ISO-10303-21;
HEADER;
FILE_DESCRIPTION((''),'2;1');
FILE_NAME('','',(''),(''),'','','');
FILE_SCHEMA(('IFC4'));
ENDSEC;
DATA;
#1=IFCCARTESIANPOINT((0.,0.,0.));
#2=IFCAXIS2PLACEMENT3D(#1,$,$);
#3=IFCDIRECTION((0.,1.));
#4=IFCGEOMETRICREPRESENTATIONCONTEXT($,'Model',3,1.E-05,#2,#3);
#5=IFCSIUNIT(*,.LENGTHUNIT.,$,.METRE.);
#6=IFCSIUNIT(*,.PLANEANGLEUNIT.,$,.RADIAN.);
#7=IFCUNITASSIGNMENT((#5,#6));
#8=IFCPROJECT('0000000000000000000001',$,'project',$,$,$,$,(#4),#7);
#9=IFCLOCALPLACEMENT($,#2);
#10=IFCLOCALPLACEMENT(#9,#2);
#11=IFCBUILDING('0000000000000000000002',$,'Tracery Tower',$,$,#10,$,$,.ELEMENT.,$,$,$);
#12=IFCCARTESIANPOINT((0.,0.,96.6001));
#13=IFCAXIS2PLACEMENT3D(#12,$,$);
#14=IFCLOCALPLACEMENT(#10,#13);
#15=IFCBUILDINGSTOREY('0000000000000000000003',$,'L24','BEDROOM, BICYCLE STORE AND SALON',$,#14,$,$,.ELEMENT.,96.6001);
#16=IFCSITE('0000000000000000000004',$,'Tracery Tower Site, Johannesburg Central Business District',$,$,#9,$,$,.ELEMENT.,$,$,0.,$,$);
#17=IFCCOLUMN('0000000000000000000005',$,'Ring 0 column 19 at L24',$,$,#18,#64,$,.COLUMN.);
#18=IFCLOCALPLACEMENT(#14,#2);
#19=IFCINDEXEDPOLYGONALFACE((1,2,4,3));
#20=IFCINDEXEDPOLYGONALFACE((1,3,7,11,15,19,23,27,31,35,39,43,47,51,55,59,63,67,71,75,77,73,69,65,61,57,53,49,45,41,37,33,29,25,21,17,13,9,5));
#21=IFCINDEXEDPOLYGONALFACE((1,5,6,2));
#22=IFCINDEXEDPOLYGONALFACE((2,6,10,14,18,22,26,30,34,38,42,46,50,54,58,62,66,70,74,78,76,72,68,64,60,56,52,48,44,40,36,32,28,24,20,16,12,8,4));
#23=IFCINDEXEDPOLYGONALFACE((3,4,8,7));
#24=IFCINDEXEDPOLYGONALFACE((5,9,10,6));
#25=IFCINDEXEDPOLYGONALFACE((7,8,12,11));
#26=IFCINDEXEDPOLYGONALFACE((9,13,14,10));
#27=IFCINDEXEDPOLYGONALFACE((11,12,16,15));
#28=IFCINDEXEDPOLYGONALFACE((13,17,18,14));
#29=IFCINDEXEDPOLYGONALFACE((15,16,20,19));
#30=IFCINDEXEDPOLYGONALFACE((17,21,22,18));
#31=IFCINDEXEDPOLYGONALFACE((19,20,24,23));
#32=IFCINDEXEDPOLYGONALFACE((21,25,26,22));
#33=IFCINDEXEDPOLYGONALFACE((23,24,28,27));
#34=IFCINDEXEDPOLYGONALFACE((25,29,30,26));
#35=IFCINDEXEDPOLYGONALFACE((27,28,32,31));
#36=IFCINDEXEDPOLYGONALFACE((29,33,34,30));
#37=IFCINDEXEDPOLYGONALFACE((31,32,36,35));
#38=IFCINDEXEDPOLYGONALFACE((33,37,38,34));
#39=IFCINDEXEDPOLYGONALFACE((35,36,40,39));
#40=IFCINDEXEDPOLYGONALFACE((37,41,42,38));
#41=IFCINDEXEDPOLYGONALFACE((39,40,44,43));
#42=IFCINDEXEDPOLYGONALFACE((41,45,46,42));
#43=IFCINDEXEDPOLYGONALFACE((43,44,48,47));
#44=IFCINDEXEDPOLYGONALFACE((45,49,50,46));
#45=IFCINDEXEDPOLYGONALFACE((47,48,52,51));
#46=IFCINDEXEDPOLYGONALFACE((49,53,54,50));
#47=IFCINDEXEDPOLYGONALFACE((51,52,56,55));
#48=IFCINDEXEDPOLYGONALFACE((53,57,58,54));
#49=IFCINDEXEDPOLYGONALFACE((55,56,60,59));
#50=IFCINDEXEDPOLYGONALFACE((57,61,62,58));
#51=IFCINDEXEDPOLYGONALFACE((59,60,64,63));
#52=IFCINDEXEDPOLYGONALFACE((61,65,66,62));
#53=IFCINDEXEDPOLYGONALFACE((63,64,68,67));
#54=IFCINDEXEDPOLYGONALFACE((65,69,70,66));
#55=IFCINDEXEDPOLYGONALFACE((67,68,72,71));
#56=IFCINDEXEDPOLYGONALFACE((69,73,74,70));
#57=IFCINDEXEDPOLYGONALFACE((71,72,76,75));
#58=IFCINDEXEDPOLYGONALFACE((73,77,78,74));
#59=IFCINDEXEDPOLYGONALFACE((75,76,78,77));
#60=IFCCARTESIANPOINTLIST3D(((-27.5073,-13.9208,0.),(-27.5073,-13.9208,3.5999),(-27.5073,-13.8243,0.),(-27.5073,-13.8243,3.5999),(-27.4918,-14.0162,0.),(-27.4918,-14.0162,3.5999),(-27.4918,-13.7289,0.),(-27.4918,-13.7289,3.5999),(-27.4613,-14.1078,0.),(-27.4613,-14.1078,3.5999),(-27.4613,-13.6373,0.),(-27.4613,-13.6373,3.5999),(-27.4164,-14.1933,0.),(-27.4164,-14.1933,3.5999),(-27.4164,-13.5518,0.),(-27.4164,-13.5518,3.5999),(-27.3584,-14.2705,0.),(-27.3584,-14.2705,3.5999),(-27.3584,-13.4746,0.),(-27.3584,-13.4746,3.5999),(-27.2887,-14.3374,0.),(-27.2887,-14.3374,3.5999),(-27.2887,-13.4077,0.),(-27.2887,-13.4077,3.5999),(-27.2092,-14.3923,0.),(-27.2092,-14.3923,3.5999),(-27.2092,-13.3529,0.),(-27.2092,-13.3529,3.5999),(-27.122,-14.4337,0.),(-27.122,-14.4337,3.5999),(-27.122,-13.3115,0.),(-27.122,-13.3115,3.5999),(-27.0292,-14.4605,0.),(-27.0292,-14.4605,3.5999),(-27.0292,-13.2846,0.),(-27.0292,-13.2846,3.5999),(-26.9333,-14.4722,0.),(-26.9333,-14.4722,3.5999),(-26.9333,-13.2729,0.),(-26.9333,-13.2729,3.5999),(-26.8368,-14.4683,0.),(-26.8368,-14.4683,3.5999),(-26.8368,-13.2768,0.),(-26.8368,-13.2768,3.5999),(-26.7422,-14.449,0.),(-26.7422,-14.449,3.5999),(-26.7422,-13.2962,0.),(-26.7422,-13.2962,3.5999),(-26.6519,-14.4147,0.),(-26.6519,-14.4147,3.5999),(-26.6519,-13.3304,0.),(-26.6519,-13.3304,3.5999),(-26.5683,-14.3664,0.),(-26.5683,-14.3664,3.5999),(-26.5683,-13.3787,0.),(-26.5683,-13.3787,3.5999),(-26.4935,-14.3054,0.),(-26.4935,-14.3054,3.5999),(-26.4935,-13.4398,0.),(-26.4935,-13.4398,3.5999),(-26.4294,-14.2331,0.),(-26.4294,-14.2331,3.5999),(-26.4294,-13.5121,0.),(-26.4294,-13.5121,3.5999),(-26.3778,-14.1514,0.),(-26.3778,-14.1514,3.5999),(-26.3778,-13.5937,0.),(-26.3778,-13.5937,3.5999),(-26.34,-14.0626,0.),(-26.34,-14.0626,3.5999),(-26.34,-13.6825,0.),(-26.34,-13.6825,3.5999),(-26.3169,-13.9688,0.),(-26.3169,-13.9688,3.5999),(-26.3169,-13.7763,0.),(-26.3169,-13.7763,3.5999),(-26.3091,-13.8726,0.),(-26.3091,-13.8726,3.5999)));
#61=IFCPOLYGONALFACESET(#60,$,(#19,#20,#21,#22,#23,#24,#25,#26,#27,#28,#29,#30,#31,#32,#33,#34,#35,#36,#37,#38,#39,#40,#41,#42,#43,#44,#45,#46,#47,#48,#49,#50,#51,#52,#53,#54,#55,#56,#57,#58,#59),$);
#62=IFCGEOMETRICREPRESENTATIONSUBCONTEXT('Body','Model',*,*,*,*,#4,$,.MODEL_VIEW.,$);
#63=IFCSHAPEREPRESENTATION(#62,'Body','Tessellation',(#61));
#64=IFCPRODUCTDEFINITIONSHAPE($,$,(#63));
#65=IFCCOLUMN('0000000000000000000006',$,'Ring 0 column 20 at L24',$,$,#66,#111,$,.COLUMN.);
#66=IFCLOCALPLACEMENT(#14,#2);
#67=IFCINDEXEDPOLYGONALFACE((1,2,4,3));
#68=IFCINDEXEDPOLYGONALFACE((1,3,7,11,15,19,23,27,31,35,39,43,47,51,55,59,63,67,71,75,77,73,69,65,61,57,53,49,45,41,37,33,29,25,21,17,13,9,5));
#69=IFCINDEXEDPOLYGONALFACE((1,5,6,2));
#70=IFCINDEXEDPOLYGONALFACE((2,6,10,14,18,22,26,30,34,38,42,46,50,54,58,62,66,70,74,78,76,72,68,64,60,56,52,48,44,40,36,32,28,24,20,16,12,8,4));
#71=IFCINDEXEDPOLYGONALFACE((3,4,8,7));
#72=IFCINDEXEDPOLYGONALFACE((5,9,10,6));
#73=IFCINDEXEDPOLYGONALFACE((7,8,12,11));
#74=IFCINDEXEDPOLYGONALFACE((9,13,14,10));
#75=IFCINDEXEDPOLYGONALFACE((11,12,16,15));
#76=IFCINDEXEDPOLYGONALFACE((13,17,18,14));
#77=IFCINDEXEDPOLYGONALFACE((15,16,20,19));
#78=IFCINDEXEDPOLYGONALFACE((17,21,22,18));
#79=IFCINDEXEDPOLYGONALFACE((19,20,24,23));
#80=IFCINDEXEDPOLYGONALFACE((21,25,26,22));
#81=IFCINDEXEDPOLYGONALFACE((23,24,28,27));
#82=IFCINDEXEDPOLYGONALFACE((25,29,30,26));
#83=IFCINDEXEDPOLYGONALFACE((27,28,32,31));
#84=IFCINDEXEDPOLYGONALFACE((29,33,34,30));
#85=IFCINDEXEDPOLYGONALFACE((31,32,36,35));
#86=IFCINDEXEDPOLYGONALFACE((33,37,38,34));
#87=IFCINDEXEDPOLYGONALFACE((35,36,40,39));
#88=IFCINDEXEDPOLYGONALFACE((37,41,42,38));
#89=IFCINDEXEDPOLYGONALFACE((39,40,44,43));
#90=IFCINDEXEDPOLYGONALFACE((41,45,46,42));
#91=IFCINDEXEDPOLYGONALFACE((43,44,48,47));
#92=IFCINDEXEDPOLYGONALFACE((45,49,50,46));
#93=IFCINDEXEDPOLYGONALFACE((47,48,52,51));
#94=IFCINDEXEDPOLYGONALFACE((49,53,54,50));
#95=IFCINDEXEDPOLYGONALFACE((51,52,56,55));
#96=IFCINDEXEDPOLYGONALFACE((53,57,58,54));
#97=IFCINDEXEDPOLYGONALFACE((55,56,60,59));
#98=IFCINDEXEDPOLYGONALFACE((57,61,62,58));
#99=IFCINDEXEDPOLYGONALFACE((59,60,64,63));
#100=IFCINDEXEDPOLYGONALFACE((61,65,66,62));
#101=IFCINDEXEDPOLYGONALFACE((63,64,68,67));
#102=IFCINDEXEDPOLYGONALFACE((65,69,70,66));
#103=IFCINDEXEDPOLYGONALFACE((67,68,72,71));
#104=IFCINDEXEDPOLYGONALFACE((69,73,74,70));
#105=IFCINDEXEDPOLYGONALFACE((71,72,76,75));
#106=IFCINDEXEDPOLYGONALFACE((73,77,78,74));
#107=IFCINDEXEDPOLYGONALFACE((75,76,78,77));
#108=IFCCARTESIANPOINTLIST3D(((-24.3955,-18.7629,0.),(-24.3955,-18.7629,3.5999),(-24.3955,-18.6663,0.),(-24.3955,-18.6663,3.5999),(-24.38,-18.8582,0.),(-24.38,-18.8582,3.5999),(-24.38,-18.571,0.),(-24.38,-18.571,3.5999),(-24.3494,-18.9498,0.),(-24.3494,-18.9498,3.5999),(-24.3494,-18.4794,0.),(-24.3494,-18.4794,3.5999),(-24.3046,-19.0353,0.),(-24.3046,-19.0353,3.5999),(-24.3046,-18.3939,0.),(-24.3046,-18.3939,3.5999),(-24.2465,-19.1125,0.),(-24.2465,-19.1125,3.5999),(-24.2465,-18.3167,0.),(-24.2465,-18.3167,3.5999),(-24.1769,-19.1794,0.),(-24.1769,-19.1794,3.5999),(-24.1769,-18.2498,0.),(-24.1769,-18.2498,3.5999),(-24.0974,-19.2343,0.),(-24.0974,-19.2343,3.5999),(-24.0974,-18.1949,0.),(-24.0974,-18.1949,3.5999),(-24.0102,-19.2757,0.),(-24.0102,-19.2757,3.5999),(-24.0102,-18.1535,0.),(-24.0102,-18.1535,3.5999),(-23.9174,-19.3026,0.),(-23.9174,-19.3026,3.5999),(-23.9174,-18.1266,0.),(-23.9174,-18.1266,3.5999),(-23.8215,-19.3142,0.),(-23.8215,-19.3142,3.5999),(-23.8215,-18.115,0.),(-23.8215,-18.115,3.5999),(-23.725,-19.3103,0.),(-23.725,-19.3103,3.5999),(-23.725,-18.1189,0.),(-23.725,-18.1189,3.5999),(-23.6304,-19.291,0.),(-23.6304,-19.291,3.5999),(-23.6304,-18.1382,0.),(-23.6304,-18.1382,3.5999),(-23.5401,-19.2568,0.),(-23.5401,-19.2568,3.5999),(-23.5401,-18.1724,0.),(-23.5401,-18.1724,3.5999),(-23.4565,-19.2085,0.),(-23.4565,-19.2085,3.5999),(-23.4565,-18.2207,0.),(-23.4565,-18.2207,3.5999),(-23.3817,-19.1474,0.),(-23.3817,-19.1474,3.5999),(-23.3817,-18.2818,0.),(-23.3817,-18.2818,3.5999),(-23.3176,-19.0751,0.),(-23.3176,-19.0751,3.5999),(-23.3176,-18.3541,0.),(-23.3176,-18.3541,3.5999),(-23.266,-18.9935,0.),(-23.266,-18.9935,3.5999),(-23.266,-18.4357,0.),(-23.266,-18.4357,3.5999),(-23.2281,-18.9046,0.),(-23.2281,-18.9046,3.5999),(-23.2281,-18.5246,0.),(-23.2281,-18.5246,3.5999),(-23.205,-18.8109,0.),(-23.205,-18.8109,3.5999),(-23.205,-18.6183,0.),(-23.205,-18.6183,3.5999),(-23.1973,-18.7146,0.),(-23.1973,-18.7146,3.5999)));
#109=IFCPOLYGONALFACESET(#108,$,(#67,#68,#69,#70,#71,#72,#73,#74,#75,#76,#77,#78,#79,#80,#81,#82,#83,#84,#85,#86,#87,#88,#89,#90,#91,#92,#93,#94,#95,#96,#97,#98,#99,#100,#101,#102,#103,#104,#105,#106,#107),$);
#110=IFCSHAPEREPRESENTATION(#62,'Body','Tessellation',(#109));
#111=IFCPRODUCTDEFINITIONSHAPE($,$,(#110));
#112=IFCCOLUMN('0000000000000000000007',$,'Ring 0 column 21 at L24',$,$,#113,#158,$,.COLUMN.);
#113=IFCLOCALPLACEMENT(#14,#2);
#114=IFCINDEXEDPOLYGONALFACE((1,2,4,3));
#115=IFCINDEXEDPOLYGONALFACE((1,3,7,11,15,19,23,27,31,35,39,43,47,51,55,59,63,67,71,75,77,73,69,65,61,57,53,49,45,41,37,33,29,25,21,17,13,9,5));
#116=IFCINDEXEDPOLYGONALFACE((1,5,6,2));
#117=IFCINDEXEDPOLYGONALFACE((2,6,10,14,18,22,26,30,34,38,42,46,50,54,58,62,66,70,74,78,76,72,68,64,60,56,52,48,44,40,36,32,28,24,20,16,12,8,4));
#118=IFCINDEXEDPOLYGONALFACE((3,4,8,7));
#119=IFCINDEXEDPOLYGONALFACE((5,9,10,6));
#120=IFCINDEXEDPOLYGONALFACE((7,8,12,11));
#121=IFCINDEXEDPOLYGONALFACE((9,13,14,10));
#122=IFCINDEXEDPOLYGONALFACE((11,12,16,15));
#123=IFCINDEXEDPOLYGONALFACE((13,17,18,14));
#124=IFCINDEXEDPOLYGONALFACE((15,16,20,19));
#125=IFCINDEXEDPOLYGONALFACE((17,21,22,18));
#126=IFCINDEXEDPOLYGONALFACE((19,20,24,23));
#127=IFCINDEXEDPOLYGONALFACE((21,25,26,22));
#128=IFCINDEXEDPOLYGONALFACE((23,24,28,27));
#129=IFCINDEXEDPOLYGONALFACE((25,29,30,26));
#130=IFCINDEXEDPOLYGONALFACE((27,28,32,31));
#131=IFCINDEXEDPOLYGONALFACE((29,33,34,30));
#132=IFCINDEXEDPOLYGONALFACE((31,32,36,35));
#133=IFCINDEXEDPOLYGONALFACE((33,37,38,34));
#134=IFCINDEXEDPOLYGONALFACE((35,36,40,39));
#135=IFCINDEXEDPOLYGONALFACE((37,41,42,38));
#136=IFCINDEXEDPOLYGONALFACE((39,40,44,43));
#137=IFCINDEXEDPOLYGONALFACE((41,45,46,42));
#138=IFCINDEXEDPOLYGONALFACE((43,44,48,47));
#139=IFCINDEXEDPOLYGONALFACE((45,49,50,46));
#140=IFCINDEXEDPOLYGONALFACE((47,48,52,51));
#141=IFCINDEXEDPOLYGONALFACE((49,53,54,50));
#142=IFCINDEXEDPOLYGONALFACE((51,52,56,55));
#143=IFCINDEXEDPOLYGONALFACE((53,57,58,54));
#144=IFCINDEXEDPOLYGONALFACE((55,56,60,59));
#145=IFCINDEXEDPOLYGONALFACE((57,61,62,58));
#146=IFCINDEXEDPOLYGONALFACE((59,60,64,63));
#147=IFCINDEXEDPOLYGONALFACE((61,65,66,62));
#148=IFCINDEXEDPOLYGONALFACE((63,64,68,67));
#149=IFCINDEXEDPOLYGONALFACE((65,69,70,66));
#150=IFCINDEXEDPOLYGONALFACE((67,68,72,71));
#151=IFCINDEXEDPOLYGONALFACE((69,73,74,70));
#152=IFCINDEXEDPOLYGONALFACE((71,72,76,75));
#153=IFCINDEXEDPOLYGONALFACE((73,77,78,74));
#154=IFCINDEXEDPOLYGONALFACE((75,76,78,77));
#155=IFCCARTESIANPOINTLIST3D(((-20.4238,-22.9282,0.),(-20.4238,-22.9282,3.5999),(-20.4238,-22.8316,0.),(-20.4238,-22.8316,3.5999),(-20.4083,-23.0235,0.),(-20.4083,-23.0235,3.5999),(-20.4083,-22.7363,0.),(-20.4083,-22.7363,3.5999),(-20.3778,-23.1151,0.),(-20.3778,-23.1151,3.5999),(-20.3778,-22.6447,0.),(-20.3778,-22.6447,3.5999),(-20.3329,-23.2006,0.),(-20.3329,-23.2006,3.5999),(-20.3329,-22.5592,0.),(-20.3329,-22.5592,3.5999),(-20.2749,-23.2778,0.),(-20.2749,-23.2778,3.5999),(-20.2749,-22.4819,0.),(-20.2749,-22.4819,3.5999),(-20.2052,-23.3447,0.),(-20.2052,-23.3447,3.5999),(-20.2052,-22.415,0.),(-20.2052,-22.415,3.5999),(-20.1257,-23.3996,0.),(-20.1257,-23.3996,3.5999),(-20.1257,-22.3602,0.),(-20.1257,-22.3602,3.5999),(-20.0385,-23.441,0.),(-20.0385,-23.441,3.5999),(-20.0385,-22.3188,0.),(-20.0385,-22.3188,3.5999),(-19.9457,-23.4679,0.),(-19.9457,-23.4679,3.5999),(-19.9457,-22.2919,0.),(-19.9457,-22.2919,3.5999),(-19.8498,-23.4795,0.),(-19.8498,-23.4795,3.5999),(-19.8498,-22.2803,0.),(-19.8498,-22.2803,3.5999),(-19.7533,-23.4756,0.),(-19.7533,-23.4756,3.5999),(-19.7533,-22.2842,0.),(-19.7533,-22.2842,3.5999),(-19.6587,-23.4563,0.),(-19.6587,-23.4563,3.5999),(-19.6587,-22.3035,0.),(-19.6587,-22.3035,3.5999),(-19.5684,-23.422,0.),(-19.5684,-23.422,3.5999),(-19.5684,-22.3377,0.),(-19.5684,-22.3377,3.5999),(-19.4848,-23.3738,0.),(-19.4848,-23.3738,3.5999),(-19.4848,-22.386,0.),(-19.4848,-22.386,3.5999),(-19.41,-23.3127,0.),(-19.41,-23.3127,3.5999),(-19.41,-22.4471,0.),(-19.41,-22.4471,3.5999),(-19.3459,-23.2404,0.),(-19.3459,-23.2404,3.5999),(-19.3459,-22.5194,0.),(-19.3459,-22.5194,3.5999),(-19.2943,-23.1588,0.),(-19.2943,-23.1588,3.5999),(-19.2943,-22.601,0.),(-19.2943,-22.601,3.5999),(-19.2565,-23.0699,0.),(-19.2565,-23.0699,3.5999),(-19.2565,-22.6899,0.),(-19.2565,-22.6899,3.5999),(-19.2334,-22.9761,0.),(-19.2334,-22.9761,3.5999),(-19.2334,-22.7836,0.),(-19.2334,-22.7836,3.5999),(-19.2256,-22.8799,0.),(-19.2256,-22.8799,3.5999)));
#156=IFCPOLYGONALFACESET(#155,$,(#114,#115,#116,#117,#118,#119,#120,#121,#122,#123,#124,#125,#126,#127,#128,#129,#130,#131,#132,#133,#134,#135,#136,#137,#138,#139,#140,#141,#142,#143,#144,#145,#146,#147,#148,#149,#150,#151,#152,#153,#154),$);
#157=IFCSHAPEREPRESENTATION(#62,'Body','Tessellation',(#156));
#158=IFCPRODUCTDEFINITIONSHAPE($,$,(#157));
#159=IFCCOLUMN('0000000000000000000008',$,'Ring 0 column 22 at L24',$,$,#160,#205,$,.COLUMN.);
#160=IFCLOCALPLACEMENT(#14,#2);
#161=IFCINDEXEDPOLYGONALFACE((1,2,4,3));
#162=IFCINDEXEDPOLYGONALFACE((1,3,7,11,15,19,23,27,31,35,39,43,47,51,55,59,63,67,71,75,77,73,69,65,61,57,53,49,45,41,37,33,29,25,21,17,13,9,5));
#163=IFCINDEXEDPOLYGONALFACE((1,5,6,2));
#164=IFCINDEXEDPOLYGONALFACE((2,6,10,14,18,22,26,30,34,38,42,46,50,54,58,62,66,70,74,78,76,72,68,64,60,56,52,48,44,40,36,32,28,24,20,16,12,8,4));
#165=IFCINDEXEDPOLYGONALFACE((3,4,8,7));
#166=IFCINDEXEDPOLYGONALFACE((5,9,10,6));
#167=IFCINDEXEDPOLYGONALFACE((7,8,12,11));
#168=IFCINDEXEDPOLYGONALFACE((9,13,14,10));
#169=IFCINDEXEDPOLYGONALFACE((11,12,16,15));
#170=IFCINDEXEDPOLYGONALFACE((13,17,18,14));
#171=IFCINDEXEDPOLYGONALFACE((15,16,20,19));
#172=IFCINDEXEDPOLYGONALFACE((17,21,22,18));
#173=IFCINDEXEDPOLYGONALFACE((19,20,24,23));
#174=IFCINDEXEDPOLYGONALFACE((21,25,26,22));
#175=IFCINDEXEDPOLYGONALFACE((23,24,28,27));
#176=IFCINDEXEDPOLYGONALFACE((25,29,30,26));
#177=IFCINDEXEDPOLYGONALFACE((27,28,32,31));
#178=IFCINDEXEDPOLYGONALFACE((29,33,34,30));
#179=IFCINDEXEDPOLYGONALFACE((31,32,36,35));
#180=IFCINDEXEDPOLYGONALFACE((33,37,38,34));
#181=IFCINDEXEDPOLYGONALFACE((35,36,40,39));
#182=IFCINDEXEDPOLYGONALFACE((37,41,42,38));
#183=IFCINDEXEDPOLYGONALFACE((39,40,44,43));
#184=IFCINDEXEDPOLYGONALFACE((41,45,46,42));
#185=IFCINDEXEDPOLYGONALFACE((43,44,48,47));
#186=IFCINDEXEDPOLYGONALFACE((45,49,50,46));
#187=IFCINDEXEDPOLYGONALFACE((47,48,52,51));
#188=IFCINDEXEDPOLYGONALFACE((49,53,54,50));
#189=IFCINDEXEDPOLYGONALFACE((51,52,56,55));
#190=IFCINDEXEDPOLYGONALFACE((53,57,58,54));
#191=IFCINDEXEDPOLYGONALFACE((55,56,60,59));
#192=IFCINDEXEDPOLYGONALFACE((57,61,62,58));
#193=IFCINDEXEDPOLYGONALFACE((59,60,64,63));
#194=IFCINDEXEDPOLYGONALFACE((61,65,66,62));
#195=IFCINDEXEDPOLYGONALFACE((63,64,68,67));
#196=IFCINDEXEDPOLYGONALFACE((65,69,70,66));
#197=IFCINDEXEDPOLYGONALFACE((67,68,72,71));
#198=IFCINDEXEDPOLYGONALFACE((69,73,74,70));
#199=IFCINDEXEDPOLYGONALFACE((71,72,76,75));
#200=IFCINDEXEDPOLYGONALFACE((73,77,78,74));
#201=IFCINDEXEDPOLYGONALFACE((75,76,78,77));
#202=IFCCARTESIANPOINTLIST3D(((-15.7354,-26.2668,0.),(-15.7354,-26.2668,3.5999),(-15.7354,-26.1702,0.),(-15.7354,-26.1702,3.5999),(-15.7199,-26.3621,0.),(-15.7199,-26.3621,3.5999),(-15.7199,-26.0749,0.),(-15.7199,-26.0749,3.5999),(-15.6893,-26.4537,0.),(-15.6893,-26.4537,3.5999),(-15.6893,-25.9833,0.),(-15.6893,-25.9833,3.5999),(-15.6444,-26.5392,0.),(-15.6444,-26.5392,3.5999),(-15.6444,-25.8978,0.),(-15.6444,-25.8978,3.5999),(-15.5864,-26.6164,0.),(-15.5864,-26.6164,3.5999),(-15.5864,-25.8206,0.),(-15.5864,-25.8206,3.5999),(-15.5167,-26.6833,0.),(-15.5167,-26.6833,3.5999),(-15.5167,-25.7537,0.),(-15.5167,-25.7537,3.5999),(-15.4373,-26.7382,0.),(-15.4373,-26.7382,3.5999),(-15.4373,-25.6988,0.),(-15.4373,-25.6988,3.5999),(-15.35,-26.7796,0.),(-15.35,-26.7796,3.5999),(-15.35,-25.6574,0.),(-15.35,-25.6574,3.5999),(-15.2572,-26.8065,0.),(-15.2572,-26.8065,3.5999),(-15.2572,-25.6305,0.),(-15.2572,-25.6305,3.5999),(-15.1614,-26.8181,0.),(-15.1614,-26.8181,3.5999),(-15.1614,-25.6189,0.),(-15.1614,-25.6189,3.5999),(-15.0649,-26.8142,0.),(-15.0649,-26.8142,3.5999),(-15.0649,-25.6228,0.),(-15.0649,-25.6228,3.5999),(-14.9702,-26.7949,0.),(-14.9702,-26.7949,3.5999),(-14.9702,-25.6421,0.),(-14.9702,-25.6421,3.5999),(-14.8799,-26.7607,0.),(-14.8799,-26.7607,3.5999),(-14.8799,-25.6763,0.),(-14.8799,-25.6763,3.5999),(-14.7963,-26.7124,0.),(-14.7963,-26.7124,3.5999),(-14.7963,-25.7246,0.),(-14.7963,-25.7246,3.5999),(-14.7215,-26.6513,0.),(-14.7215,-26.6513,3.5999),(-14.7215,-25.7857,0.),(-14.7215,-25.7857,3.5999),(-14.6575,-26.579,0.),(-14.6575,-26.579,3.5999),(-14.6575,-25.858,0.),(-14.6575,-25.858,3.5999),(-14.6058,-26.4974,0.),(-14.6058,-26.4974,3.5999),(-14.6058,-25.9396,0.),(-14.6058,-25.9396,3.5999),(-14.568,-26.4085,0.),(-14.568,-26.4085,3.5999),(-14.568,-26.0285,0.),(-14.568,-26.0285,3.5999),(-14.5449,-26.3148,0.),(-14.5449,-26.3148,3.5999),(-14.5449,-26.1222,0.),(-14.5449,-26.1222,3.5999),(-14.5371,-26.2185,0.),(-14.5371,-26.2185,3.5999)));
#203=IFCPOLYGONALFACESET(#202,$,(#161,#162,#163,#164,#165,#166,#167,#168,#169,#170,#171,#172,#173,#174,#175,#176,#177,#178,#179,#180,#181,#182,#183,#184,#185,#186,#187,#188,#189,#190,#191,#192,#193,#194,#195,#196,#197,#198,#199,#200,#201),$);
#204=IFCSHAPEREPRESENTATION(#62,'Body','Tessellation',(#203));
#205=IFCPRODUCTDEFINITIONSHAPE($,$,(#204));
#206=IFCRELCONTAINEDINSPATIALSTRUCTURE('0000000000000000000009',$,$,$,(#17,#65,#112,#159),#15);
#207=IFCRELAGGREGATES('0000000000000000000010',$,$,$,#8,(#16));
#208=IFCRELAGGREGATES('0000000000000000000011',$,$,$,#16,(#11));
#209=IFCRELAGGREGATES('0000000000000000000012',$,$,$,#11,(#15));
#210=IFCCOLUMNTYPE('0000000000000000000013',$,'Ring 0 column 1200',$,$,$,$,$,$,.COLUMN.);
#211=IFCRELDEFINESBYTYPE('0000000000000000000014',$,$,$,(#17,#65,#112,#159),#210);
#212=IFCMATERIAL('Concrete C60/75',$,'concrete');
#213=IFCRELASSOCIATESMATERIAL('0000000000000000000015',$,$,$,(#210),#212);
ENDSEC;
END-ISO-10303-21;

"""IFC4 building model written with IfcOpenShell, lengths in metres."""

from ifc_helpers import new_model, si_unit, direction, frame, origin, origin_2d, place, context, subcontext, project, spatial, circle, extrude, material, material_profile, profile_set, type_object, element, save


model = new_model("IFC4")

# Units and contexts
model_context = context("Model", 3, precision=1e-05, world=origin(), true_north=direction((0.0, 1.0)))
body_context = subcontext(model_context, "Body", "Model", "MODEL_VIEW")
ifc_project = project(units=[si_unit("LENGTHUNIT", "METRE"), si_unit("PLANEANGLEUNIT", "RADIAN")], contexts=[model_context])

# Site, building, storey
site_placement = place(None, origin())
site = spatial("IfcSite", under=ifc_project, at=site_placement, Name="Tracery Tower Site, Johannesburg Central Business District", CompositionType="ELEMENT", RefElevation=0.0)
building_placement = place(site_placement, origin())
building = spatial("IfcBuilding", under=site, at=building_placement, Name="Tracery Tower", CompositionType="ELEMENT")
storey_placement = place(building_placement, frame((0.0, 0.0, 96.6001)))
storey = spatial("IfcBuildingStorey", under=building, at=storey_placement, Name="L24", Description="BEDROOM, BICYCLE STORE AND SALON", CompositionType="ELEMENT", Elevation=96.6001)

# Columns
ifc_material_1 = material(Name="Concrete C60/75", Category="concrete")
ifc_material_profile_1 = material_profile(ifc_material_1, circle(Radius=0.6001, at=origin_2d()), Name="RC D1200")
ifc_profile_set_1 = profile_set([ifc_material_profile_1], Name="Concrete C60/75")
column_type_1 = type_object("IfcColumnType", Name="Ring 0 column 1200", PredefinedType="COLUMN", material=ifc_profile_set_1)
for number, where, z_axis, x_axis, name in (
    (1, (-26.9092, -13.8726, 0.0), (0.0, 0.0, 1.0), (1.0, 0.0, 0.0), "Ring 0 column 19 at L24"),
    (2, (-23.7974, -18.7146, 0.0), (0.0, 0.0, 1.0), (1.0, 0.0, 0.0), "Ring 0 column 20 at L24"),
    (3, (-19.8257, -22.8799, 0.0), (0.0, 0.0, 1.0), (1.0, 0.0, 0.0), "Ring 0 column 21 at L24"),
    (4, (-15.1372, -26.2185, 0.0), (0.0, 0.0, 1.0), (1.0, 0.0, 0.0), "Ring 0 column 22 at L24"),
):
    element("IfcColumn", number, at=place(storey_placement, frame(where, z_axis=z_axis, x_axis=x_axis)), inside=storey, type_object=column_type_1, Name=name, PredefinedType="COLUMN", context=body_context, shape_type="SweptSolid", body=[
        extrude(circle(Radius=0.6001, at=origin_2d()), origin(), (0.0, 0.0, 1.0), 3.5999),
    ])

save(model, "model.ifc")
